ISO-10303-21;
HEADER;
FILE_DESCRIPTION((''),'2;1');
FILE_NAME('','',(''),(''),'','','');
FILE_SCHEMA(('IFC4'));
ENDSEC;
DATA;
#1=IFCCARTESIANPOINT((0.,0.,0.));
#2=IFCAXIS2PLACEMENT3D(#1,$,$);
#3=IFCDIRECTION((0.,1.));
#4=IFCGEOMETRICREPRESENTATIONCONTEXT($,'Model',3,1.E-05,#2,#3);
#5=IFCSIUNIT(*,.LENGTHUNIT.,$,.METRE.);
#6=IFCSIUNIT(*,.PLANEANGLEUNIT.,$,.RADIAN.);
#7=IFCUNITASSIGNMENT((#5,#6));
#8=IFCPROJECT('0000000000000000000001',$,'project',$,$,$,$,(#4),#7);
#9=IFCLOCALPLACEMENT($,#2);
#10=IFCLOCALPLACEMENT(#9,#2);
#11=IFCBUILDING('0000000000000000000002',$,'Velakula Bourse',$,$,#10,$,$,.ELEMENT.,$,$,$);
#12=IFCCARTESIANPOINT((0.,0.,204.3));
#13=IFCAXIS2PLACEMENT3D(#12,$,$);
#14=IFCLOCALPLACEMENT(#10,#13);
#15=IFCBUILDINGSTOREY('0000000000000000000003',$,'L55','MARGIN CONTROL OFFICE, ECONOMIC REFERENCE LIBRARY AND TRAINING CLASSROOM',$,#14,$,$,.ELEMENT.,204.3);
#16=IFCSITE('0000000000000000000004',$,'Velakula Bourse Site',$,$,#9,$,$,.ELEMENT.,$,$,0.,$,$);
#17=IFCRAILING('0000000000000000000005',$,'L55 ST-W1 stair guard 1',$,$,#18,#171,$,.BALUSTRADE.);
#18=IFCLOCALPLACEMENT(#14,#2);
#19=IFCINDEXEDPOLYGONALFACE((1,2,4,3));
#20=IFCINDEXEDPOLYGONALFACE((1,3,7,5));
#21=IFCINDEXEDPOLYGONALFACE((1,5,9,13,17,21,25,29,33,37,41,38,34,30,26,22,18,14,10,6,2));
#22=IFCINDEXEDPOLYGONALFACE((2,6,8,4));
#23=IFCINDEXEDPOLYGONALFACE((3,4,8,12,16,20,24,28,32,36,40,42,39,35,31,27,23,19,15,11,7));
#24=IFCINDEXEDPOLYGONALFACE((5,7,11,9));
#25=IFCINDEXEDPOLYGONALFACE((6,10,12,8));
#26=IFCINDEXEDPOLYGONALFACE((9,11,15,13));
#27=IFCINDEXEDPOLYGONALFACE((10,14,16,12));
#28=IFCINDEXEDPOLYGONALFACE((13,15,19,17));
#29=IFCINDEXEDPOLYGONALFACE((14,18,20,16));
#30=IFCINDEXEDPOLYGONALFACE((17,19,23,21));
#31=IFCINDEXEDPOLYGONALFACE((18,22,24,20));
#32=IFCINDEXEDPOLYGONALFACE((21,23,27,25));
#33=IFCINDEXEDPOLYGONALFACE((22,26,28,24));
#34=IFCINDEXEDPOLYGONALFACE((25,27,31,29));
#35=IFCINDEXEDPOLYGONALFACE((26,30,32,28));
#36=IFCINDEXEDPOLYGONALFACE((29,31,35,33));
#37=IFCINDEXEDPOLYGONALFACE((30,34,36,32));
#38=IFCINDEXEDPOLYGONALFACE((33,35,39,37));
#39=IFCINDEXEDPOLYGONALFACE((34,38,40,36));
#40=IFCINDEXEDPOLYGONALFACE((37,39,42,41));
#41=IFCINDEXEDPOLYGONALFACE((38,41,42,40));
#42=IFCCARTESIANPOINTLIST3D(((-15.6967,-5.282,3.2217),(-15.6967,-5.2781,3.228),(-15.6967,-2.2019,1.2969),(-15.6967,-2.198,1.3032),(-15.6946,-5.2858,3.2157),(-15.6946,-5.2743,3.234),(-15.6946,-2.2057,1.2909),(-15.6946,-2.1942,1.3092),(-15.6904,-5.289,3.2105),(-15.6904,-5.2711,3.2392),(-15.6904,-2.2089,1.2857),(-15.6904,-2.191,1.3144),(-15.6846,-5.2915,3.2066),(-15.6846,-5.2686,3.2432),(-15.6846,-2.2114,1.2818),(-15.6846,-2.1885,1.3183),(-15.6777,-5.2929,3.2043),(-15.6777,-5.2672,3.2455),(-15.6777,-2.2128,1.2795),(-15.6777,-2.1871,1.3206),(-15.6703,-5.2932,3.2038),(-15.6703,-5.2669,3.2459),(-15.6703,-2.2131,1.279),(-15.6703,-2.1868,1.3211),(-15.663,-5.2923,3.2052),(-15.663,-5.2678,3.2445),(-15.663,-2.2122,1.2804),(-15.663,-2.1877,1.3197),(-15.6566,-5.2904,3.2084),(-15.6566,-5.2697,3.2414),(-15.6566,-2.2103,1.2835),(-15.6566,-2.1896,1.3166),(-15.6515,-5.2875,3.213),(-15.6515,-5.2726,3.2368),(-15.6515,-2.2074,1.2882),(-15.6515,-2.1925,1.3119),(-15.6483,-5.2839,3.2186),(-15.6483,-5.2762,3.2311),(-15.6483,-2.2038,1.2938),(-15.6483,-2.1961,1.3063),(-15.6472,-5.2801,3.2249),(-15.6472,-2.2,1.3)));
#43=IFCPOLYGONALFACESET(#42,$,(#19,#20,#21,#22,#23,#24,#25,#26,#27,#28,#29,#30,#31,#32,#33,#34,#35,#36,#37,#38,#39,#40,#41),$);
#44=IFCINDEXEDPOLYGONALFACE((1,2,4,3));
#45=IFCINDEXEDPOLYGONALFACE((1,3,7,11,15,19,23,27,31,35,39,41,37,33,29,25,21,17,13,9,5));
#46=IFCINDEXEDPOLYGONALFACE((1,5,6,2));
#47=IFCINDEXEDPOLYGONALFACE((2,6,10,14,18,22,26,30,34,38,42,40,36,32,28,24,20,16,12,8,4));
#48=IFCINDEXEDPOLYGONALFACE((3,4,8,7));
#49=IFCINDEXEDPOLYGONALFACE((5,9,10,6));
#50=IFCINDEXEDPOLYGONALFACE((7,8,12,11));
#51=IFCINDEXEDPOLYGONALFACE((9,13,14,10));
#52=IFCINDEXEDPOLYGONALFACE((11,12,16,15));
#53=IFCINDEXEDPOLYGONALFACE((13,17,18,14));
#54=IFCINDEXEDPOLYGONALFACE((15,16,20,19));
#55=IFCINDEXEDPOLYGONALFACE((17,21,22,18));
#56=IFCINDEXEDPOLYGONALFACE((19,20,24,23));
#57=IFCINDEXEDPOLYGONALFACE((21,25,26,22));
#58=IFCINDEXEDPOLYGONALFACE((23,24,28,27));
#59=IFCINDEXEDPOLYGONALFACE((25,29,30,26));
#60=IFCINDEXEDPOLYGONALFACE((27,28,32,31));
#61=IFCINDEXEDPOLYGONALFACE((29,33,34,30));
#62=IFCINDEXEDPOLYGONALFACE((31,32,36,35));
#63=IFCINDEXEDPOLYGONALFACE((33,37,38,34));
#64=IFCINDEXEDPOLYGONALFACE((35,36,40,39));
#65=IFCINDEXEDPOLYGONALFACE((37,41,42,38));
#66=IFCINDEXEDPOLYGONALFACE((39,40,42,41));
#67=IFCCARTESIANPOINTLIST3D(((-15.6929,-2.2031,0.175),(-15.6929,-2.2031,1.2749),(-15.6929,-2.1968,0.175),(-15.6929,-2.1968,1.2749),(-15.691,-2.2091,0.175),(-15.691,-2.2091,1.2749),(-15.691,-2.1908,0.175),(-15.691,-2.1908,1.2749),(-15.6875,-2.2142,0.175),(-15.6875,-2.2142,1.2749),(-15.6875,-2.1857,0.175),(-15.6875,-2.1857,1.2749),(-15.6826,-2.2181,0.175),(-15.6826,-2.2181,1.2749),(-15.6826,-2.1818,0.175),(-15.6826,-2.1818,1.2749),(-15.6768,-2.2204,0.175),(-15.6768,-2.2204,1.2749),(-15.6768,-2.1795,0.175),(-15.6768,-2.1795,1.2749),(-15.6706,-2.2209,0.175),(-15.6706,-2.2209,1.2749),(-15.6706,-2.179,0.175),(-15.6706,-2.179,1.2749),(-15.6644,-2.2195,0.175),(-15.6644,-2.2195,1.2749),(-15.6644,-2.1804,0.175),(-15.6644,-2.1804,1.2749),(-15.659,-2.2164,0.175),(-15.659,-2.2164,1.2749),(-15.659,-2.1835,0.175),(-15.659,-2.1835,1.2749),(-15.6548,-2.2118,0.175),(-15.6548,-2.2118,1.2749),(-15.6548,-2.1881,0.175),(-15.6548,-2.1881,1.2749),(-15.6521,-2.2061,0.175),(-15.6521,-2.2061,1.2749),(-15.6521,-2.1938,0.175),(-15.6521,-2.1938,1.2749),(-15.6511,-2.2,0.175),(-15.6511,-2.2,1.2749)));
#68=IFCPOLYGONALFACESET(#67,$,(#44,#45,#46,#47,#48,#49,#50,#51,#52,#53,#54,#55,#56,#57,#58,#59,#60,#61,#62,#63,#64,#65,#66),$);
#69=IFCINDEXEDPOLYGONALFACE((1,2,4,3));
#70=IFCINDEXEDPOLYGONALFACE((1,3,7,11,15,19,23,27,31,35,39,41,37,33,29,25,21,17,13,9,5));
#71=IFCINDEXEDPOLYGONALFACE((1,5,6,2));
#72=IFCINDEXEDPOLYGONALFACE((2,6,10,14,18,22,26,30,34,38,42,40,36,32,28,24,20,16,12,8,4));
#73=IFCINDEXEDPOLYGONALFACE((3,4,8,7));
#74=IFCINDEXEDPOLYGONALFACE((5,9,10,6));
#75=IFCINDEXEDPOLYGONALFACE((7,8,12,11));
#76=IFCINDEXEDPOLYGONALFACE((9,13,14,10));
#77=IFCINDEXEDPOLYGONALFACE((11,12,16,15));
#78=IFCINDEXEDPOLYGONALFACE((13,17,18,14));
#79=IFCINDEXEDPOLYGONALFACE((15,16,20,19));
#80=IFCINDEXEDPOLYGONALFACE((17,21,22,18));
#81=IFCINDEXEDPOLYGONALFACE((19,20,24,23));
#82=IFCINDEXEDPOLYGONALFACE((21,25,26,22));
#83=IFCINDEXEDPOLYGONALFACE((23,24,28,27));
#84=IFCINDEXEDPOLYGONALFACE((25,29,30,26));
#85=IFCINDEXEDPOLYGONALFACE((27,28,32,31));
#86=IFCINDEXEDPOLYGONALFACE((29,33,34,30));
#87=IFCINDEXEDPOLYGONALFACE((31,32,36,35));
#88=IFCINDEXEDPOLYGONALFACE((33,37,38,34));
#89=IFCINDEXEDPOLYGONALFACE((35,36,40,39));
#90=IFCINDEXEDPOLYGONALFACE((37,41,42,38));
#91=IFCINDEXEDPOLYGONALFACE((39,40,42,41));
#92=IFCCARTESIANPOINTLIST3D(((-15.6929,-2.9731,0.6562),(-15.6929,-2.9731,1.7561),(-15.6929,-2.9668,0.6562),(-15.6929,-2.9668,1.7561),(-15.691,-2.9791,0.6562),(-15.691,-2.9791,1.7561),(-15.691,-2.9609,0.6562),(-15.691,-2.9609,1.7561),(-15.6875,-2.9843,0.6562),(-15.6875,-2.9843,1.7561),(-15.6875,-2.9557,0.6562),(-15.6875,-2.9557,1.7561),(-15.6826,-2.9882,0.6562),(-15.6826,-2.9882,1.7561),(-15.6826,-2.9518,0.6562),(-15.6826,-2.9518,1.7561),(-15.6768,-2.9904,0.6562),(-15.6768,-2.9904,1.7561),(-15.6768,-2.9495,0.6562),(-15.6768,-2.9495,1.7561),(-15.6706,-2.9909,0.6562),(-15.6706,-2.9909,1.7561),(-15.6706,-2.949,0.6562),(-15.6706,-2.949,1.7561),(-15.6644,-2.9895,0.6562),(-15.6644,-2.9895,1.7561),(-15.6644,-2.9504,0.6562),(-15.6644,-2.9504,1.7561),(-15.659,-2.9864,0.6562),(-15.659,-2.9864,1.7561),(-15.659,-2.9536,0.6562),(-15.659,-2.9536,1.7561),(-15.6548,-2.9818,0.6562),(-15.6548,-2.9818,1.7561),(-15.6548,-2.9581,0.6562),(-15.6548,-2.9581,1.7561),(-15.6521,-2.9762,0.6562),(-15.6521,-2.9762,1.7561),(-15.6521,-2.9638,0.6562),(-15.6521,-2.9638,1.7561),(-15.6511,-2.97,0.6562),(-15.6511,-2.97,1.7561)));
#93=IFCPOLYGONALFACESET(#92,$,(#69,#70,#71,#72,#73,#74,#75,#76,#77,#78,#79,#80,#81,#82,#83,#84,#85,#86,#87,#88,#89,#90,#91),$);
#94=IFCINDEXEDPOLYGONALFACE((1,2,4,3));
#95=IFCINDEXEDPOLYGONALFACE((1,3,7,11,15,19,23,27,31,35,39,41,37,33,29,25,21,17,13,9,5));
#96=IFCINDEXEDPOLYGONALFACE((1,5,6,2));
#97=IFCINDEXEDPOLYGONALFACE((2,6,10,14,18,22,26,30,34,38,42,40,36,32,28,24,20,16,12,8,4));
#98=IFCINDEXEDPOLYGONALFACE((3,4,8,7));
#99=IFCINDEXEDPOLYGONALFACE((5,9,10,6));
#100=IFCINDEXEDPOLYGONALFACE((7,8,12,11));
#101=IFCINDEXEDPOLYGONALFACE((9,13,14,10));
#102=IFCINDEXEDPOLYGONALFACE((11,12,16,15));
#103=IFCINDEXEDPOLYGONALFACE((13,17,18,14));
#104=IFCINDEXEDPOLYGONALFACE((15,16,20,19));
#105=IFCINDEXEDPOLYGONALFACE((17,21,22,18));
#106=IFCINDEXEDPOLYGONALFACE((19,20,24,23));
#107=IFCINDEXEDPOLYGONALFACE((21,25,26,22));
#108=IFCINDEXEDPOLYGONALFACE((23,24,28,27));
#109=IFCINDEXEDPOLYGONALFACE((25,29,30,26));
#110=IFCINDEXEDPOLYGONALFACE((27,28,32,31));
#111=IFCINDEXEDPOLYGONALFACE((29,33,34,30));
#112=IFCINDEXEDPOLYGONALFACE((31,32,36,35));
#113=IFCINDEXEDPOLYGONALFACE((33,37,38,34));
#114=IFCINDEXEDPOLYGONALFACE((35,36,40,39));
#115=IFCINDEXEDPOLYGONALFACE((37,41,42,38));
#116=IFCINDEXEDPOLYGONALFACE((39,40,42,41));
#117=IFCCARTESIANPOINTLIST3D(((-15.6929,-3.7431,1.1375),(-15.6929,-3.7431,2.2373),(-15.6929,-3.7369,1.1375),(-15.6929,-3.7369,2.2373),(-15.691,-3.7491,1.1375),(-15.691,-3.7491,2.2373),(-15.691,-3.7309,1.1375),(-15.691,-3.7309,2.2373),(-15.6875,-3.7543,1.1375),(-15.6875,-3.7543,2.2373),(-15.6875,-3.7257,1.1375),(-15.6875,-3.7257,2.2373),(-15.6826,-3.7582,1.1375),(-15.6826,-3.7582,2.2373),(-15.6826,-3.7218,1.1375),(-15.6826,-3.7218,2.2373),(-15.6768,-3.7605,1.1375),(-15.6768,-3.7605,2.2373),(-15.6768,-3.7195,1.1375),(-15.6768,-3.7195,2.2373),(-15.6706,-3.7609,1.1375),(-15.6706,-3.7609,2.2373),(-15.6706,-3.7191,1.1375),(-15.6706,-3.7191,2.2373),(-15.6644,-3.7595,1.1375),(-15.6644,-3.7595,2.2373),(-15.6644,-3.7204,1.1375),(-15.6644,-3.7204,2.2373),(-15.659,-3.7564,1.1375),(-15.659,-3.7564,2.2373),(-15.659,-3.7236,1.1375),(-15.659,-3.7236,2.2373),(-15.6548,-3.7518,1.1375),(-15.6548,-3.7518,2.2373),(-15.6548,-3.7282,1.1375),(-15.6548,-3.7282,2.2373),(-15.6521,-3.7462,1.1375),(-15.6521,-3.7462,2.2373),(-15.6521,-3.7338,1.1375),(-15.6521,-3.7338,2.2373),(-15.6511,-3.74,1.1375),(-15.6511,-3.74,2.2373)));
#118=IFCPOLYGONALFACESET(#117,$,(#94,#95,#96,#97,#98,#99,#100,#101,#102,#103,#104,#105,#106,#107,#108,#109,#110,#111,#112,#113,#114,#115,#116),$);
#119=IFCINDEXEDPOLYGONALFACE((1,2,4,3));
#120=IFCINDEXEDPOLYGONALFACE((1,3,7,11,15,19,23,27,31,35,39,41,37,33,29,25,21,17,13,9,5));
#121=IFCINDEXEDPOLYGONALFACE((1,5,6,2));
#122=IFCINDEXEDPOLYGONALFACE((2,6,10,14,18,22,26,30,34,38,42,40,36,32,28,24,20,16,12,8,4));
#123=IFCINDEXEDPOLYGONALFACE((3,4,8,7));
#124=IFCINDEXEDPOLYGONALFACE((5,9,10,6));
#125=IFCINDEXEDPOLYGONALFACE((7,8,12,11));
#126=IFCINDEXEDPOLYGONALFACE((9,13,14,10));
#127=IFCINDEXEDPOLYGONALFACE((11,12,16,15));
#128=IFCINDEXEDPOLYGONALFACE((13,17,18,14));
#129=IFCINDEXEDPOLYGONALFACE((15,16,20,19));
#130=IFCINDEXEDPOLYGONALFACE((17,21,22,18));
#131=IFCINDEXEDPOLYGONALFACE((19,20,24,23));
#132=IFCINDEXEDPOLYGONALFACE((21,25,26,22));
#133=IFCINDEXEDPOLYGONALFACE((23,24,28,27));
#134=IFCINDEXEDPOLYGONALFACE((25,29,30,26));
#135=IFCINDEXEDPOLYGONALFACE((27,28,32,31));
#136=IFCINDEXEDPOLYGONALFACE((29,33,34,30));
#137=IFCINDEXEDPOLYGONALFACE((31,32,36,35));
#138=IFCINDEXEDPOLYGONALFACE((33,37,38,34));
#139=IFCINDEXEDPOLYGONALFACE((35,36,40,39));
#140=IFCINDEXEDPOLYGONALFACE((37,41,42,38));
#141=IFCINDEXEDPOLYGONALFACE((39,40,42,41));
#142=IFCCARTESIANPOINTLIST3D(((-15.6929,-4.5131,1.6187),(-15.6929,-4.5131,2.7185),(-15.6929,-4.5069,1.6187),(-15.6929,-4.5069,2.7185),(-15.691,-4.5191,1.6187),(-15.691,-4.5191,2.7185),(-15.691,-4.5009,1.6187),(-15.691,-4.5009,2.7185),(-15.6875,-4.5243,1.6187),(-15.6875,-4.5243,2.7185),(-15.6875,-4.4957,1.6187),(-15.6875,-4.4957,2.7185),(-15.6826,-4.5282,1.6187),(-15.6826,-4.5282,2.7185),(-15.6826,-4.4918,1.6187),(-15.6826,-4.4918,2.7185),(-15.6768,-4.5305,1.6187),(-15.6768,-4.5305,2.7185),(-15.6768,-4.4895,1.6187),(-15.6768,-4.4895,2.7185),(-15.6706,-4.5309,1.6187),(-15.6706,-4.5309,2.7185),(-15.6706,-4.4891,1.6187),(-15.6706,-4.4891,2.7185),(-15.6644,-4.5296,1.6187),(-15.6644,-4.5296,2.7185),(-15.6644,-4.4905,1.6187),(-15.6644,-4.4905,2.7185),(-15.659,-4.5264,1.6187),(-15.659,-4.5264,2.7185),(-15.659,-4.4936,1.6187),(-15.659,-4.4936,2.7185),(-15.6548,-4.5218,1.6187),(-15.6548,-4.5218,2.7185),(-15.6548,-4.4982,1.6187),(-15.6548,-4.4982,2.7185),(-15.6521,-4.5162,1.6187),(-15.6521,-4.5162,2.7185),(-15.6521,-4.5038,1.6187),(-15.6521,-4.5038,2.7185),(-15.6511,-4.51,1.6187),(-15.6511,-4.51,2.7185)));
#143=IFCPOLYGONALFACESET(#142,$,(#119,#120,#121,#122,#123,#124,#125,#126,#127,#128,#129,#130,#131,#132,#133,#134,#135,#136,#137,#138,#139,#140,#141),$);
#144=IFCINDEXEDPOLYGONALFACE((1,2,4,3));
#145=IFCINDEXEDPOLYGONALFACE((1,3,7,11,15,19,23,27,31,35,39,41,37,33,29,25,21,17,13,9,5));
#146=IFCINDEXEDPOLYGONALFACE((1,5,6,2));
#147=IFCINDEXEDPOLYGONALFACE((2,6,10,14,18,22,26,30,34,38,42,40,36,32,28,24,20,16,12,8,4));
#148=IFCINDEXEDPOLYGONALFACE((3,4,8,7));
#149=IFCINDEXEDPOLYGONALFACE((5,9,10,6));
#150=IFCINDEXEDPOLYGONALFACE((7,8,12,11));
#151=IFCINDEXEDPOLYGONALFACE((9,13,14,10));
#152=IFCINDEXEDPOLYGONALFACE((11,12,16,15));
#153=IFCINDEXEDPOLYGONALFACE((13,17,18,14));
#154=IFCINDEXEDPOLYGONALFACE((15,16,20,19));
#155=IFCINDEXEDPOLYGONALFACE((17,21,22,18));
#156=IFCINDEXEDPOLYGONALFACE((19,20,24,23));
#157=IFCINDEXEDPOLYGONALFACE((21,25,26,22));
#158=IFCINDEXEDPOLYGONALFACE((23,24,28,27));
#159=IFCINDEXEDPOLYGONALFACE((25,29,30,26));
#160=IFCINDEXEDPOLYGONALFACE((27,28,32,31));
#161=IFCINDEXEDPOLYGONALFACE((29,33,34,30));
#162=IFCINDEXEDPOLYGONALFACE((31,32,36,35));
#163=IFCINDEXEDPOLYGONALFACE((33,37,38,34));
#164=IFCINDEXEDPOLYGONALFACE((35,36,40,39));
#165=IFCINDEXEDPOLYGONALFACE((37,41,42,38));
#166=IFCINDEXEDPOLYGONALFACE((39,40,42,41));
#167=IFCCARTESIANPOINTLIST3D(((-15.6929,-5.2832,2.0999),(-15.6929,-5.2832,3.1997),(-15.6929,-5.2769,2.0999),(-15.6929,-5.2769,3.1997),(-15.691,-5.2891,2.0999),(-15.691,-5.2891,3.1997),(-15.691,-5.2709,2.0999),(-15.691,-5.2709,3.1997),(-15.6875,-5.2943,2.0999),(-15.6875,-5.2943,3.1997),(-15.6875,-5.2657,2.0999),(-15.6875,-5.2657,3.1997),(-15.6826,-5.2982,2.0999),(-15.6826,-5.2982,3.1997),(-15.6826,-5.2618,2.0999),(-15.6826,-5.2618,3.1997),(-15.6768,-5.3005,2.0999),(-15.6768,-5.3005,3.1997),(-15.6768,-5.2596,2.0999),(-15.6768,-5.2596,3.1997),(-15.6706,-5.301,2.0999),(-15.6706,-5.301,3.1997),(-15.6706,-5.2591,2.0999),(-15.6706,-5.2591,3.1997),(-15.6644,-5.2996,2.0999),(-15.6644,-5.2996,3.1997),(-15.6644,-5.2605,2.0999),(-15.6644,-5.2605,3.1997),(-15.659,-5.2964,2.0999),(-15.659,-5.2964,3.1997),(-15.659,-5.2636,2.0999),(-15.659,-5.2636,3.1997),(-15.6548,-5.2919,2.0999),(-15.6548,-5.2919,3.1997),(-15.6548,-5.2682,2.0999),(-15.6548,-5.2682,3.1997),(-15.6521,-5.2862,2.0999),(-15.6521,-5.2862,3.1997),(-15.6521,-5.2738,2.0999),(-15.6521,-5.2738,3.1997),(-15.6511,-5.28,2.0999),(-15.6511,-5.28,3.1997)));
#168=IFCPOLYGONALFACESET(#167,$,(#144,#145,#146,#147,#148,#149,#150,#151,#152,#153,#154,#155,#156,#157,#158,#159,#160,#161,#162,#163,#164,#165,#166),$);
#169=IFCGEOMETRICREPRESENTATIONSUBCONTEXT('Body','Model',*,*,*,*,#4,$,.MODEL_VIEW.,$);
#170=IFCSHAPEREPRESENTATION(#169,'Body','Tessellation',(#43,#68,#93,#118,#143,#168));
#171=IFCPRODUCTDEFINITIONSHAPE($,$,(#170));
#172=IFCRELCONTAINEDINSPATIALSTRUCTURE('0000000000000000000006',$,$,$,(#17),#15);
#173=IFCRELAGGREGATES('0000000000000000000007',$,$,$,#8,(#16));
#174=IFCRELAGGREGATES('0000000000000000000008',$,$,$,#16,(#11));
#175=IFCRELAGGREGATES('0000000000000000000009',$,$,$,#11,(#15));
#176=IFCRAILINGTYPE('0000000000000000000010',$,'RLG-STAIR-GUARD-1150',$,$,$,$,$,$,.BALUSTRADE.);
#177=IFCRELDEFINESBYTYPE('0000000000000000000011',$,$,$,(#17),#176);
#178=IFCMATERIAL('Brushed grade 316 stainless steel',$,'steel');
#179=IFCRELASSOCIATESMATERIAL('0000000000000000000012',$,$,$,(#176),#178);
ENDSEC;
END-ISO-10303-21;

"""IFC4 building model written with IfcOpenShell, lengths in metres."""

from ifc_helpers import new_model, si_unit, direction, frame, origin, origin_2d, place, context, subcontext, project, spatial, circle, extrude, material, type_object, element, save


model = new_model("IFC4")

# Units and contexts
model_context = context("Model", 3, precision=1e-05, world=origin(), true_north=direction((0.0, 1.0)))
body_context = subcontext(model_context, "Body", "Model", "MODEL_VIEW")
ifc_project = project(units=[si_unit("LENGTHUNIT", "METRE"), si_unit("PLANEANGLEUNIT", "RADIAN")], contexts=[model_context])

# Site, building, storey
site_placement = place(None, origin())
site = spatial("IfcSite", under=ifc_project, at=site_placement, Name="Velakula Bourse Site", CompositionType="ELEMENT", RefElevation=0.0)
building_placement = place(site_placement, origin())
building = spatial("IfcBuilding", under=site, at=building_placement, Name="Velakula Bourse", CompositionType="ELEMENT")
storey_placement = place(building_placement, frame((0.0, 0.0, 204.3)))
storey = spatial("IfcBuildingStorey", under=building, at=storey_placement, Name="L55", Description="MARGIN CONTROL OFFICE, ECONOMIC REFERENCE LIBRARY AND TRAINING CLASSROOM", CompositionType="ELEMENT", Elevation=204.3)

# Shared definitions
ifc_material_1 = material(Name="Brushed grade 316 stainless steel", Category="steel")

# Railing
railing_type_1 = type_object("IfcRailingType", Name="RLG-STAIR-GUARD-1150", PredefinedType="BALUSTRADE", material=ifc_material_1)
railing_1_placement = place(storey_placement, frame((-15.6721, -2.2, 0.175)))
element("IfcRailing", 1, at=railing_1_placement, inside=storey, type_object=railing_type_1, Name="L55 ST-W1 stair guard 1", PredefinedType="BALUSTRADE", context=body_context, shape_type="SweptSolid", body=[
    extrude(circle(Radius=0.0249, at=origin_2d()), frame((0.0, 0.0, 1.125), z_axis=(0.0, -0.848029, 0.529951), x_axis=(1.0, 0.0, 0.0)), (0.0, 0.0, 1.0), 3.6321),
    extrude(circle(Radius=0.021, at=origin_2d()), origin(), (0.0, 0.0, 1.0), 1.0999),
    extrude(circle(Radius=0.021, at=origin_2d()), frame((0.0, -0.77, 0.4812)), (0.0, 0.0, 1.0), 1.0999),
    extrude(circle(Radius=0.021, at=origin_2d()), frame((0.0, -1.54, 0.9624)), (0.0, 0.0, 1.0), 1.0999),
    extrude(circle(Radius=0.021, at=origin_2d()), frame((0.0, -2.3101, 1.4436)), (0.0, 0.0, 1.0), 1.0999),
    extrude(circle(Radius=0.021, at=origin_2d()), frame((0.0, -3.0801, 1.9248)), (0.0, 0.0, 1.0), 1.0999),
])

save(model, "model.ifc")
